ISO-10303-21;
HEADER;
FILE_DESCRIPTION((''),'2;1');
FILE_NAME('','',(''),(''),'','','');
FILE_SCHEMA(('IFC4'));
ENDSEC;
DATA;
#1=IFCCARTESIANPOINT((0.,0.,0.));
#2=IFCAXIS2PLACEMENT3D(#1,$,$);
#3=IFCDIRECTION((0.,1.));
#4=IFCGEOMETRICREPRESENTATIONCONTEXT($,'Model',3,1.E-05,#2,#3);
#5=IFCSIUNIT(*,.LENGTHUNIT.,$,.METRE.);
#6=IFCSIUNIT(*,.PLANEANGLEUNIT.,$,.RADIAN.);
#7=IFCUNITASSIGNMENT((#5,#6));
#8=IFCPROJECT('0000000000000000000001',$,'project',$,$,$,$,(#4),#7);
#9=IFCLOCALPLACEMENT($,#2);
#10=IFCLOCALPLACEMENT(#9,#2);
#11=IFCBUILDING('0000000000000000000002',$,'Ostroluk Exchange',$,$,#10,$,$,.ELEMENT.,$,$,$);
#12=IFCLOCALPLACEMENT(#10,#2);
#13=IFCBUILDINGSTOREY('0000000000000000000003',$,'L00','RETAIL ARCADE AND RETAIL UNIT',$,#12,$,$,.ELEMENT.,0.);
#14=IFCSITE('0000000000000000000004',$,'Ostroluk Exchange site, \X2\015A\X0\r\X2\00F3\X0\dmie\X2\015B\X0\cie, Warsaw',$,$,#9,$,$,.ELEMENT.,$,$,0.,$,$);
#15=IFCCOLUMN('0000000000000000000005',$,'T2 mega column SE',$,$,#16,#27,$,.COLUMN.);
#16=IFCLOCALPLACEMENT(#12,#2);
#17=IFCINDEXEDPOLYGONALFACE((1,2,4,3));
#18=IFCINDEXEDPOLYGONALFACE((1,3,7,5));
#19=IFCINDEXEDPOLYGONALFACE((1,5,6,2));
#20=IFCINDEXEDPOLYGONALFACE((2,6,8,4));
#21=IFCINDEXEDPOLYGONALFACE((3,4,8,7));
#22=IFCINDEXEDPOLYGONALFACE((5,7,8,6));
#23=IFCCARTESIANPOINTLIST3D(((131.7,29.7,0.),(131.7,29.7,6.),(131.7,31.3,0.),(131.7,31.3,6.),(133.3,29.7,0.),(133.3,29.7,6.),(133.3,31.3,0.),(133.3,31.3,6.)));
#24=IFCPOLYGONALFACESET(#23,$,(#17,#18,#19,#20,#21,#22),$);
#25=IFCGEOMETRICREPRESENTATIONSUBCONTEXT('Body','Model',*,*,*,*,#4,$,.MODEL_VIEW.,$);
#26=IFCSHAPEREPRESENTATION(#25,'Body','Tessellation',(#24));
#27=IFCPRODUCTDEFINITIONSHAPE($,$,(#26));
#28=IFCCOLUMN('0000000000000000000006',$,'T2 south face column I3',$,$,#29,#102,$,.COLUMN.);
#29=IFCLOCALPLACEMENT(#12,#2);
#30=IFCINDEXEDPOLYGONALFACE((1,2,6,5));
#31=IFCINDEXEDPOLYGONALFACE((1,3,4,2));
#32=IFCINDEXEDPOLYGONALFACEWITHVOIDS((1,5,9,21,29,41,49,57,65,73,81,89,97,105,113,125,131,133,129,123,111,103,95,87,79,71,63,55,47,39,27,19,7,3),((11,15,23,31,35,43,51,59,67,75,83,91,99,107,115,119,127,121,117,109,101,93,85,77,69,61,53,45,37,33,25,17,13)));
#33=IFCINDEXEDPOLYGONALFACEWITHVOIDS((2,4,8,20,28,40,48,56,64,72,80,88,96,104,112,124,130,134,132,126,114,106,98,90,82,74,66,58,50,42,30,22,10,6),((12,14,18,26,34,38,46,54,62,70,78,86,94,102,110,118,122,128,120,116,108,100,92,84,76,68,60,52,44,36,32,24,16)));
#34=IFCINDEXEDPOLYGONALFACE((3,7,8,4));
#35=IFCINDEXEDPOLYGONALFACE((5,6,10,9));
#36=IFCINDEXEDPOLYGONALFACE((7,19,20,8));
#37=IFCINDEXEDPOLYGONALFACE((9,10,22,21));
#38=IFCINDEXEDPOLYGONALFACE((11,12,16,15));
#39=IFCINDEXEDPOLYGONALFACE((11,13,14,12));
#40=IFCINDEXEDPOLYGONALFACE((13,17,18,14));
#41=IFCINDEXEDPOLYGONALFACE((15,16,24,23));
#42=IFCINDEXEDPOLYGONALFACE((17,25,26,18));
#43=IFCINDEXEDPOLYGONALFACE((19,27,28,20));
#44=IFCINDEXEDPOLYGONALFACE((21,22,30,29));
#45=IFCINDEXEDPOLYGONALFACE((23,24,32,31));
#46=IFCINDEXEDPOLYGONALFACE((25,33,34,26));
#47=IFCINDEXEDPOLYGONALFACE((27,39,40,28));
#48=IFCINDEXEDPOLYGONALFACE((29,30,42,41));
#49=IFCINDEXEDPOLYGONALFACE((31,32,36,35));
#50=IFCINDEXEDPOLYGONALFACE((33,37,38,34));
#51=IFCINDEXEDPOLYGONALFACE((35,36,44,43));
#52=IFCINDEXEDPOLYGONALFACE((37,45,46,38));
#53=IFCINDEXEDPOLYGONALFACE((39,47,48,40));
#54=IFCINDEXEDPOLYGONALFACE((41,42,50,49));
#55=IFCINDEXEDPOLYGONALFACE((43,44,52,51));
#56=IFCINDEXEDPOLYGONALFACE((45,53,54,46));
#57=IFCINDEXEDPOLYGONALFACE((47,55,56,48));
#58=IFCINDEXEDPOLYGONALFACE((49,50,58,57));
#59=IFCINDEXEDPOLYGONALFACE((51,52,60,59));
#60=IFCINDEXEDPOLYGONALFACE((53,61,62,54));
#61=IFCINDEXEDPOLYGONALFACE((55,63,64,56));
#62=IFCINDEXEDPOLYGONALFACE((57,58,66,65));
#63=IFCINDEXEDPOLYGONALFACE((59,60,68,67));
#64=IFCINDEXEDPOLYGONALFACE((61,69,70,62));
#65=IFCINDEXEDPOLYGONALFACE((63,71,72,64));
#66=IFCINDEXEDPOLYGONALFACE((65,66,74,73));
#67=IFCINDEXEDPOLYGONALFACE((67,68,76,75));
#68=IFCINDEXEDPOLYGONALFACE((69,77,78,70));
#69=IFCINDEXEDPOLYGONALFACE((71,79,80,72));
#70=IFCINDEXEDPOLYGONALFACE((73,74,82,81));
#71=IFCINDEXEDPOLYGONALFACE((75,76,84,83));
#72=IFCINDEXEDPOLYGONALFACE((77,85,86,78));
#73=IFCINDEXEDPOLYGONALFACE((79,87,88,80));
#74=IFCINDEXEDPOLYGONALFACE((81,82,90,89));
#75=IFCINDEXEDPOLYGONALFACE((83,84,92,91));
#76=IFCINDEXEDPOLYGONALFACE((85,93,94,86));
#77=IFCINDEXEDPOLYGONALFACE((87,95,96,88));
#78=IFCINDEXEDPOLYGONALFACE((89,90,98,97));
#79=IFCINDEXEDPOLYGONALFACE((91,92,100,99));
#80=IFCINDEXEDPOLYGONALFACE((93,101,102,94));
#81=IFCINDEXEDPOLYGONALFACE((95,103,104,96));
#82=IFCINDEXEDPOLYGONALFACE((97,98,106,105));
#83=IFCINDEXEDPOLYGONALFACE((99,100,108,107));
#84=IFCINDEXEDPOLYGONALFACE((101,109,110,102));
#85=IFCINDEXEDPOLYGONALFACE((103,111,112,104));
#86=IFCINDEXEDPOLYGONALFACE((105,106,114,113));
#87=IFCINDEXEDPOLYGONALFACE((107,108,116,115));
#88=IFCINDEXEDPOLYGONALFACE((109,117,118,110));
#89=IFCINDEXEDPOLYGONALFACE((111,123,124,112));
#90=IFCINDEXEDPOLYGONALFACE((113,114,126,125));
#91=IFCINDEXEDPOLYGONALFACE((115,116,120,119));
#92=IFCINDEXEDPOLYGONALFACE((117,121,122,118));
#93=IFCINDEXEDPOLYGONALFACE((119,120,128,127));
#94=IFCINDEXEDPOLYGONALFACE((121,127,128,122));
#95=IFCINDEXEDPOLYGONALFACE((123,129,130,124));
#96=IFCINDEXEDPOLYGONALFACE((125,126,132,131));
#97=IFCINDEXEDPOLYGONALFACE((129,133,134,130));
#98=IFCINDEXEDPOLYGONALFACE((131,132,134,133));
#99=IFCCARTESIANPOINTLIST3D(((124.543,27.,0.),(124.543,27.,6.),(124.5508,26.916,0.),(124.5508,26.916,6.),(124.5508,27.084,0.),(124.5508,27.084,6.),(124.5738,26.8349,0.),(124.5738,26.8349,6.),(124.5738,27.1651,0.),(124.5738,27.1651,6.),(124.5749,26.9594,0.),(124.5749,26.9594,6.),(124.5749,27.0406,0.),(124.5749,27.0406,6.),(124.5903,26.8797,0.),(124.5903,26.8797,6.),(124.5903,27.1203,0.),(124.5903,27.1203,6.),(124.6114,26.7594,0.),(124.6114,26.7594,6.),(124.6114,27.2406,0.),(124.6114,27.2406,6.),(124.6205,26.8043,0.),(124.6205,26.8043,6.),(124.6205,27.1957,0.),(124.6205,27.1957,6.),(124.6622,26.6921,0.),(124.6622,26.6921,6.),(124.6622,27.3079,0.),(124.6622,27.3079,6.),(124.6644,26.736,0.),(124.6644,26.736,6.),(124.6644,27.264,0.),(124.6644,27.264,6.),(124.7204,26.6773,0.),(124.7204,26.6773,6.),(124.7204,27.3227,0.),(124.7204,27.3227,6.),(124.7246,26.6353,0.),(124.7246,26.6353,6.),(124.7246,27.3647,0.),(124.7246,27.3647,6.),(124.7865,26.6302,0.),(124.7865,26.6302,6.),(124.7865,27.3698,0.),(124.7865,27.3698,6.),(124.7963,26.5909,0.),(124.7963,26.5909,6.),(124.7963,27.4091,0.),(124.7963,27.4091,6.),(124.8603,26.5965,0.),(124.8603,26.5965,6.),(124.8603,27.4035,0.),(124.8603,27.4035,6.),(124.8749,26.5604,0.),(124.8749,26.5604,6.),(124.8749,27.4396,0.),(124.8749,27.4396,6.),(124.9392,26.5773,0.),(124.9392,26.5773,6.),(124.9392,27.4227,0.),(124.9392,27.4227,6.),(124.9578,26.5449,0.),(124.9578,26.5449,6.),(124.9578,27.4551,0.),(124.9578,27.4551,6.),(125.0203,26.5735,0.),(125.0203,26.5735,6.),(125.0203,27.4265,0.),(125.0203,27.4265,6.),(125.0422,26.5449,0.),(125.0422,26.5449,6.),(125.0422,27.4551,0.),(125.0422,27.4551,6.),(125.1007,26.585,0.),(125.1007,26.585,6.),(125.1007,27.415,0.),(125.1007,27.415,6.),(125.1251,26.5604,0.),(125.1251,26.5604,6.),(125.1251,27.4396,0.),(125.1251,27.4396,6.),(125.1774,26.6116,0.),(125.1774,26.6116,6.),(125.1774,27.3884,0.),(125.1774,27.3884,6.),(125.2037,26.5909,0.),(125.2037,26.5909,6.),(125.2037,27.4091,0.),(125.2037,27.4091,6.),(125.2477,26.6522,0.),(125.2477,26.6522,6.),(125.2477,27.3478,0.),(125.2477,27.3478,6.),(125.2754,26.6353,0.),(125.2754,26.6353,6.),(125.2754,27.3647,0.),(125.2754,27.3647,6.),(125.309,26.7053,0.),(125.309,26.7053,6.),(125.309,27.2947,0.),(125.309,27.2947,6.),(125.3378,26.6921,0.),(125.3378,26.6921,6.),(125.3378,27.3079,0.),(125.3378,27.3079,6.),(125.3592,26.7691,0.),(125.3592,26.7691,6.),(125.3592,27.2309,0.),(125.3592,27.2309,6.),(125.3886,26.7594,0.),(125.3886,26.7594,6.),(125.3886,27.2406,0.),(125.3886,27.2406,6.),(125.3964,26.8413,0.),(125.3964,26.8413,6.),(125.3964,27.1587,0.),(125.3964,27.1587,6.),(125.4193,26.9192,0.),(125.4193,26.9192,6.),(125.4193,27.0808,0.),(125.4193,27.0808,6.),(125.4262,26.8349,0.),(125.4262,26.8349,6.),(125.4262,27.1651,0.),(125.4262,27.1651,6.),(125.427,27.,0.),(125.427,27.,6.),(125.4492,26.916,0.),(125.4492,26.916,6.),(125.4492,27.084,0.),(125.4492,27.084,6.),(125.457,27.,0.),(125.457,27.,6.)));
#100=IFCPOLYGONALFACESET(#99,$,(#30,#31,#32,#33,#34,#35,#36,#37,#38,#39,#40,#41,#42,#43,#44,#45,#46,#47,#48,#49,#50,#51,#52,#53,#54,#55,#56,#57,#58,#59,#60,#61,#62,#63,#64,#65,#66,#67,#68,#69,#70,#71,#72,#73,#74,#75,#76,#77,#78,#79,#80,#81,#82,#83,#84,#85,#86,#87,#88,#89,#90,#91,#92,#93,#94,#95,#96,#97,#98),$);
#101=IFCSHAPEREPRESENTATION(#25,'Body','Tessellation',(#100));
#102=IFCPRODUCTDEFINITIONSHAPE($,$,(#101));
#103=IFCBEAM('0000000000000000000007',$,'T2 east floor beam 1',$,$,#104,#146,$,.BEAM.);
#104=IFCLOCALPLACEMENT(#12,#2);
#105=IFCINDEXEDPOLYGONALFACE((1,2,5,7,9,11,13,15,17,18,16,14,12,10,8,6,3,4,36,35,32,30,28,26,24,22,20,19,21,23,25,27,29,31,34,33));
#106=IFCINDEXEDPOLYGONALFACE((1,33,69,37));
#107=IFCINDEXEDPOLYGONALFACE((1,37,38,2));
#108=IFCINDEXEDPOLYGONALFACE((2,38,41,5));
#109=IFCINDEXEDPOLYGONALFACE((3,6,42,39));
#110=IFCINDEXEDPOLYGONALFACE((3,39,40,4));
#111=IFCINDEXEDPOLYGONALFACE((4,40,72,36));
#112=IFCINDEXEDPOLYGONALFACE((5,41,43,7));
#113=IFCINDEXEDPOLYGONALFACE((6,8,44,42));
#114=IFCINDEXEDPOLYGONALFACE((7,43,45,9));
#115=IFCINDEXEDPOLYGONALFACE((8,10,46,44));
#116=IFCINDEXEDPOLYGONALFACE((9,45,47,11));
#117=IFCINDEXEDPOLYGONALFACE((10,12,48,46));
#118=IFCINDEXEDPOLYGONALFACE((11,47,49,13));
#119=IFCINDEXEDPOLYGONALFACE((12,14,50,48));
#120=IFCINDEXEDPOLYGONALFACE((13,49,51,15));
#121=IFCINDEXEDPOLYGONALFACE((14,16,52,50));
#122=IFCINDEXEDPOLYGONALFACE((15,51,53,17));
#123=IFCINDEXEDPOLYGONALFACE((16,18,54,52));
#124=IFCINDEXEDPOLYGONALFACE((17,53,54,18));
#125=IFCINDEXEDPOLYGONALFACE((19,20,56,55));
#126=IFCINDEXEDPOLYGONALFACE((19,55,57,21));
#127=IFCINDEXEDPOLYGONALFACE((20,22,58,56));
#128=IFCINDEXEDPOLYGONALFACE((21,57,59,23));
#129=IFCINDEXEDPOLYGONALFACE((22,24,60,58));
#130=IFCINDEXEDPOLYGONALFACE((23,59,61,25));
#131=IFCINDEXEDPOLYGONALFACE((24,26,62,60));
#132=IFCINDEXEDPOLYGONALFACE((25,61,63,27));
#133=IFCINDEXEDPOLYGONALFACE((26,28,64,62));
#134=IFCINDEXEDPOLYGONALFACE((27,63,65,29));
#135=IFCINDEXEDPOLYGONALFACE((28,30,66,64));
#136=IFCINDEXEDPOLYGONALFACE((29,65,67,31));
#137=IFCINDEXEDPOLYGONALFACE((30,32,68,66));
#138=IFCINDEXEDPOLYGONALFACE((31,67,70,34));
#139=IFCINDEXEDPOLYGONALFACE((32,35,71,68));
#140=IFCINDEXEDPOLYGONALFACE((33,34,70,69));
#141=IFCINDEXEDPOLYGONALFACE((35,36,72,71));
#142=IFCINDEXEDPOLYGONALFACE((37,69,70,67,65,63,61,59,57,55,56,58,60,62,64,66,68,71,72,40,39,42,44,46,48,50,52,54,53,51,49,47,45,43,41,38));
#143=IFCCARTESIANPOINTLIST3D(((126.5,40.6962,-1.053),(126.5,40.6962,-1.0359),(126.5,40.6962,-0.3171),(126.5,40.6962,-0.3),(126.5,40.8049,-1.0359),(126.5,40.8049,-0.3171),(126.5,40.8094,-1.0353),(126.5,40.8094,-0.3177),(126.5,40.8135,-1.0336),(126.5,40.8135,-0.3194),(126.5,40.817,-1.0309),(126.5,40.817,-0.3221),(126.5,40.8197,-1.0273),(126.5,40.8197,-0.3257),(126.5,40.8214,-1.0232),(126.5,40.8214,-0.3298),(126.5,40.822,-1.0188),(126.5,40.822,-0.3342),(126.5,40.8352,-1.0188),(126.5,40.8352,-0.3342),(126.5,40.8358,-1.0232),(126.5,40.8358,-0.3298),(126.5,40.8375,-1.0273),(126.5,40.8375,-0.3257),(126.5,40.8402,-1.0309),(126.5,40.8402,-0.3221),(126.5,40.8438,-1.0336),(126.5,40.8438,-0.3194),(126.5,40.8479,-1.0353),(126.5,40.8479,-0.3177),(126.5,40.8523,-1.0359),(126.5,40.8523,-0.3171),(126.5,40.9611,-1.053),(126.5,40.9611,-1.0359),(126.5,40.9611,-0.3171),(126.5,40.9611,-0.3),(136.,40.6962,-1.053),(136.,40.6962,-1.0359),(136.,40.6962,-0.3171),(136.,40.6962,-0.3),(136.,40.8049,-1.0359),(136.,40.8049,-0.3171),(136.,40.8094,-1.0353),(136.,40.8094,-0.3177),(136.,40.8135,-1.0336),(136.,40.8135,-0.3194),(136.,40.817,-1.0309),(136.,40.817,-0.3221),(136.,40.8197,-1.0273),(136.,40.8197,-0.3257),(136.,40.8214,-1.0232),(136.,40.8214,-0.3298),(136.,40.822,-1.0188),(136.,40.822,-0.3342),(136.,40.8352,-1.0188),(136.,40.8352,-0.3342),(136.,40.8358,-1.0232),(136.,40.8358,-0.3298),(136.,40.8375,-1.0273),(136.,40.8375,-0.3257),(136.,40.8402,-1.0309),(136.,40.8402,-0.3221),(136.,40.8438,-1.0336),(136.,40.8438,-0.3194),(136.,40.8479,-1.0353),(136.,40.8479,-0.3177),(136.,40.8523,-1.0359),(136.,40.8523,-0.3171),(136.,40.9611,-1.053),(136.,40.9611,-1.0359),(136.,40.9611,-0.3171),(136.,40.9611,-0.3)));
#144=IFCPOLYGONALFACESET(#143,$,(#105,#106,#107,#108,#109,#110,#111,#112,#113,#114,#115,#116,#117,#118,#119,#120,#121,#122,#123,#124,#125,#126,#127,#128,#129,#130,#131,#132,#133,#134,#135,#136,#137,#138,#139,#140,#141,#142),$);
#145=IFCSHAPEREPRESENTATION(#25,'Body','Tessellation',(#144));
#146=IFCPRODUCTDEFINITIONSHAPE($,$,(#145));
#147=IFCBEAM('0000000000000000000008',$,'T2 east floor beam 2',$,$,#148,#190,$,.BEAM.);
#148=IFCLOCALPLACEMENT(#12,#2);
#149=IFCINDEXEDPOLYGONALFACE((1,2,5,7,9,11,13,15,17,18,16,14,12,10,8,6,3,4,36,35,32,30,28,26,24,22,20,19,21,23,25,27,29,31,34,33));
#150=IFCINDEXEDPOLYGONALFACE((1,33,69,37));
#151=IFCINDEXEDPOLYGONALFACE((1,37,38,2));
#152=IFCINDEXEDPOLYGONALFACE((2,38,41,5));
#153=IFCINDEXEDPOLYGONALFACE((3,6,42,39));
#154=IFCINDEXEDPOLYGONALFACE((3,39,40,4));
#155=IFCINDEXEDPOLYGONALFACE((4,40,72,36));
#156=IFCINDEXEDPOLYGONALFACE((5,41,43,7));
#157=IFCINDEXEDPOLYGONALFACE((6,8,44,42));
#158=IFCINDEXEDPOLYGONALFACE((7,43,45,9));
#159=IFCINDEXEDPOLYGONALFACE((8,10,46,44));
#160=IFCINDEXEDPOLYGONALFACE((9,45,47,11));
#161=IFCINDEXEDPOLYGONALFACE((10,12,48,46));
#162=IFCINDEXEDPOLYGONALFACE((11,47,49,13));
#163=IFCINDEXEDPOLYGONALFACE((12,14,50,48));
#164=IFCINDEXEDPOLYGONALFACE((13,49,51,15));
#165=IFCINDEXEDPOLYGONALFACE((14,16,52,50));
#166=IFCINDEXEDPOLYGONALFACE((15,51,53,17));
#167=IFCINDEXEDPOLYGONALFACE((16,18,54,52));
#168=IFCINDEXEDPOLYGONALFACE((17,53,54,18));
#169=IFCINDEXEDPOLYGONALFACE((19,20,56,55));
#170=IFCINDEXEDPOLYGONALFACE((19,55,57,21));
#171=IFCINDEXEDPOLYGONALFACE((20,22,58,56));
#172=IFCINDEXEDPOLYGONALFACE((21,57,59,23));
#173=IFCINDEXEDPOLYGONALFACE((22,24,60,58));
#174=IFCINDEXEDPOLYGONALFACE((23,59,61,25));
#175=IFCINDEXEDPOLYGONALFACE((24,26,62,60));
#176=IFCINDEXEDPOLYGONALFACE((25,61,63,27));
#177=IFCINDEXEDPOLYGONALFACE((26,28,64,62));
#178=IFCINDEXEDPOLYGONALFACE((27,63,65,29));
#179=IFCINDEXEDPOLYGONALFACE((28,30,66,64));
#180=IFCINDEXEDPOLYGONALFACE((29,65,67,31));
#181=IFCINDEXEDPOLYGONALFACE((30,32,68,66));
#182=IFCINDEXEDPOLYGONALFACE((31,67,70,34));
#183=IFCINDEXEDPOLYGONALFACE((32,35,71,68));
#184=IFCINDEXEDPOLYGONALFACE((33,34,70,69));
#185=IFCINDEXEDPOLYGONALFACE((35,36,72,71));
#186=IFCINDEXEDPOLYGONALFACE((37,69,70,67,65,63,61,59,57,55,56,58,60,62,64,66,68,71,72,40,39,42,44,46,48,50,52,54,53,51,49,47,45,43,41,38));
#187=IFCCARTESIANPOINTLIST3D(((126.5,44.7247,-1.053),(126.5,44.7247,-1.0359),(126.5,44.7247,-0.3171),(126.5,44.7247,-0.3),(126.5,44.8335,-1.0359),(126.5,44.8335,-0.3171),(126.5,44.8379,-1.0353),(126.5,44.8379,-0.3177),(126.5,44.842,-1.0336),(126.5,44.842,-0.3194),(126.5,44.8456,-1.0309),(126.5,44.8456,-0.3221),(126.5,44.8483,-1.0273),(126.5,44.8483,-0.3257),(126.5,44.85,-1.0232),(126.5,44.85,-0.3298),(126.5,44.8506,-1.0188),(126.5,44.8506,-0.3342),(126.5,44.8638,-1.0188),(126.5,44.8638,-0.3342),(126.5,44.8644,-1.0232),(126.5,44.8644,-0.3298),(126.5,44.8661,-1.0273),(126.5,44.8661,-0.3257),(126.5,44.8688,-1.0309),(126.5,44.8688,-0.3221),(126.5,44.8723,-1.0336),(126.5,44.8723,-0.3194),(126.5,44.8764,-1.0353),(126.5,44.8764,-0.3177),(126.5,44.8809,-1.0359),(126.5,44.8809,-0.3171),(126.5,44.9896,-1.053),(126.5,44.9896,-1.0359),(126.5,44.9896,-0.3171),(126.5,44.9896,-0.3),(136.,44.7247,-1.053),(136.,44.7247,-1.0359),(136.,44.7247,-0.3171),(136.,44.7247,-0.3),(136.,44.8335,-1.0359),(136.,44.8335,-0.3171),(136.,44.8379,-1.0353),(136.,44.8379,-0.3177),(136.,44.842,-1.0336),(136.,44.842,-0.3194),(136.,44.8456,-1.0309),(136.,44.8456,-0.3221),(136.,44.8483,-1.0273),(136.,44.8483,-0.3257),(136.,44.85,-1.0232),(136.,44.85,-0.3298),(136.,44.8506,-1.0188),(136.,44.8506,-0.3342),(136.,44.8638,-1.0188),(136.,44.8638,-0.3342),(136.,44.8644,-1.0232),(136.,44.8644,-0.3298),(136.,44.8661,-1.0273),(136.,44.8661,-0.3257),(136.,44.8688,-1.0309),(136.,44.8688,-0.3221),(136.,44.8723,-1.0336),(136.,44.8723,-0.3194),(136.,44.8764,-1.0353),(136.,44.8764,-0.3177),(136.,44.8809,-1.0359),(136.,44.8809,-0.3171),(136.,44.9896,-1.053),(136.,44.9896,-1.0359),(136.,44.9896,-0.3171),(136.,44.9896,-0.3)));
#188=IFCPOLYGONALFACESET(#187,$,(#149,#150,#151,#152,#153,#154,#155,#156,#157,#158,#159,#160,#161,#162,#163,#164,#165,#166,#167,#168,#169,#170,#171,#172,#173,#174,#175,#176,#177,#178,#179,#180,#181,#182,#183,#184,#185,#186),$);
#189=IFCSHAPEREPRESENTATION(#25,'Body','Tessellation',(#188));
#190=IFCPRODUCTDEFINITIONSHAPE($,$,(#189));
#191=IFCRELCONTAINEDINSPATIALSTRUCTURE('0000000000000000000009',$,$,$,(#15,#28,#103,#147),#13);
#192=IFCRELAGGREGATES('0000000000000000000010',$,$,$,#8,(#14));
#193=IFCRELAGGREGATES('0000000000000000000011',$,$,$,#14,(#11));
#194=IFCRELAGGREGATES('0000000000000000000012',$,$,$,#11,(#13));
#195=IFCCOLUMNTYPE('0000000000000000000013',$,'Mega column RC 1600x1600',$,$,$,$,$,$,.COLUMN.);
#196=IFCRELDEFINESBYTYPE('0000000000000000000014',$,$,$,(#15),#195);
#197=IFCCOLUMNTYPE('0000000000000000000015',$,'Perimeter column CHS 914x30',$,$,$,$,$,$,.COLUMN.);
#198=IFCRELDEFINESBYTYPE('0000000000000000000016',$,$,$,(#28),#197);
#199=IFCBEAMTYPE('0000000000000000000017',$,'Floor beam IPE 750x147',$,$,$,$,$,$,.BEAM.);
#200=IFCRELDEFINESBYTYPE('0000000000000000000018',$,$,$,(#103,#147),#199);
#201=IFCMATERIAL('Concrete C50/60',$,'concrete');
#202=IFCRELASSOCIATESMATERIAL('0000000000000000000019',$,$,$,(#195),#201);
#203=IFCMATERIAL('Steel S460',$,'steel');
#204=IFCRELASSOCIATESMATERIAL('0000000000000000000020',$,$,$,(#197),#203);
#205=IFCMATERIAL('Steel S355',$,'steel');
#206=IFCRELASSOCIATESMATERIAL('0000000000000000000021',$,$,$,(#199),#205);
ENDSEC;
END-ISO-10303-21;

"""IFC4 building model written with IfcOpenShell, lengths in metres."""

from ifc_helpers import new_model, si_unit, direction, frame, origin, origin_2d, place, context, subcontext, project, spatial, rectangle, hollow_circle, i_section, extrude, material, material_profile, profile_set, type_object, element, save


model = new_model("IFC4")

# Units and contexts
model_context = context("Model", 3, precision=1e-05, world=origin(), true_north=direction((0.0, 1.0)))
body_context = subcontext(model_context, "Body", "Model", "MODEL_VIEW")
ifc_project = project(units=[si_unit("LENGTHUNIT", "METRE"), si_unit("PLANEANGLEUNIT", "RADIAN")], contexts=[model_context])

# Site, building, storey
site_placement = place(None, origin())
site = spatial("IfcSite", under=ifc_project, at=site_placement, Name="Ostroluk Exchange site, Śródmieście, Warsaw", CompositionType="ELEMENT", RefElevation=0.0)
building_placement = place(site_placement, origin())
building = spatial("IfcBuilding", under=site, at=building_placement, Name="Ostroluk Exchange", CompositionType="ELEMENT")
storey_placement = place(building_placement, origin())
storey = spatial("IfcBuildingStorey", under=building, at=storey_placement, Name="L00", Description="RETAIL ARCADE AND RETAIL UNIT", CompositionType="ELEMENT", Elevation=0.0)

# Columns
ifc_material_1 = material(Name="Concrete C50/60", Category="concrete")
ifc_material_profile_1 = material_profile(ifc_material_1, rectangle(XDim=1.6001, YDim=1.6001, at=origin_2d()), Name="RC 1600x1600")
ifc_profile_set_1 = profile_set([ifc_material_profile_1], Name="Concrete C50/60")
column_type_1 = type_object("IfcColumnType", Name="Mega column RC 1600x1600", PredefinedType="COLUMN", material=ifc_profile_set_1)
column_1_placement = place(storey_placement, frame((132.5, 30.5, 0.0), z_axis=(0.0, 0.0, 1.0), x_axis=(1.0, 0.0, 0.0)))
element("IfcColumn", 1, at=column_1_placement, inside=storey, type_object=column_type_1, Name="T2 mega column SE", PredefinedType="COLUMN", context=body_context, shape_type="SweptSolid", body=[
    extrude(rectangle(XDim=1.6001, YDim=1.6001, at=origin_2d()), origin(), (0.0, 0.0, 1.0), 6.0),
])
ifc_material_2 = material(Name="Steel S460", Category="steel")
ifc_material_profile_2 = material_profile(ifc_material_2, hollow_circle(Radius=0.457, WallThickness=0.03, at=origin_2d()), Name="CHS 914x30")
ifc_profile_set_2 = profile_set([ifc_material_profile_2], Name="Steel S460")
column_type_2 = type_object("IfcColumnType", Name="Perimeter column CHS 914x30", PredefinedType="COLUMN", material=ifc_profile_set_2)
column_2_placement = place(storey_placement, frame((125.0, 27.0, 0.0), z_axis=(0.0, 0.0, 1.0), x_axis=(1.0, 0.0, 0.0)))
element("IfcColumn", 2, at=column_2_placement, inside=storey, type_object=column_type_2, Name="T2 south face column I3", PredefinedType="COLUMN", context=body_context, shape_type="SweptSolid", body=[
    extrude(hollow_circle(Radius=0.457, WallThickness=0.03, at=origin_2d()), origin(), (0.0, 0.0, 1.0), 6.0),
])

# Beams
ifc_material_3 = material(Name="Steel S355", Category="steel")
ifc_material_profile_3 = material_profile(ifc_material_3, i_section(OverallWidth=0.2649, OverallDepth=0.7529, WebThickness=0.0132, FlangeThickness=0.0171, FilletRadius=0.0171, at=origin_2d()), Name="IPE 750x147")
ifc_profile_set_3 = profile_set([ifc_material_profile_3], Name="Steel S355")
beam_type_1 = type_object("IfcBeamType", Name="Floor beam IPE 750x147", PredefinedType="BEAM", material=ifc_profile_set_3)
for number, where, z_axis, x_axis, name in (
    (3, (126.5, 40.8286, -0.6765), (1.0, 0.0, 0.0), (0.0, 1.0, 0.0), "T2 east floor beam 1"),
    (4, (126.5, 44.8572, -0.6765), (1.0, 0.0, 0.0), (0.0, 1.0, 0.0), "T2 east floor beam 2"),
):
    element("IfcBeam", number, at=place(storey_placement, frame(where, z_axis=z_axis, x_axis=x_axis)), inside=storey, type_object=beam_type_1, Name=name, PredefinedType="BEAM", context=body_context, shape_type="SweptSolid", body=[
        extrude(i_section(OverallWidth=0.2649, OverallDepth=0.7529, WebThickness=0.0132, FlangeThickness=0.0171, FilletRadius=0.0171, at=origin_2d()), origin(), (0.0, 0.0, 1.0), 9.5),
    ])

save(model, "model.ifc")
